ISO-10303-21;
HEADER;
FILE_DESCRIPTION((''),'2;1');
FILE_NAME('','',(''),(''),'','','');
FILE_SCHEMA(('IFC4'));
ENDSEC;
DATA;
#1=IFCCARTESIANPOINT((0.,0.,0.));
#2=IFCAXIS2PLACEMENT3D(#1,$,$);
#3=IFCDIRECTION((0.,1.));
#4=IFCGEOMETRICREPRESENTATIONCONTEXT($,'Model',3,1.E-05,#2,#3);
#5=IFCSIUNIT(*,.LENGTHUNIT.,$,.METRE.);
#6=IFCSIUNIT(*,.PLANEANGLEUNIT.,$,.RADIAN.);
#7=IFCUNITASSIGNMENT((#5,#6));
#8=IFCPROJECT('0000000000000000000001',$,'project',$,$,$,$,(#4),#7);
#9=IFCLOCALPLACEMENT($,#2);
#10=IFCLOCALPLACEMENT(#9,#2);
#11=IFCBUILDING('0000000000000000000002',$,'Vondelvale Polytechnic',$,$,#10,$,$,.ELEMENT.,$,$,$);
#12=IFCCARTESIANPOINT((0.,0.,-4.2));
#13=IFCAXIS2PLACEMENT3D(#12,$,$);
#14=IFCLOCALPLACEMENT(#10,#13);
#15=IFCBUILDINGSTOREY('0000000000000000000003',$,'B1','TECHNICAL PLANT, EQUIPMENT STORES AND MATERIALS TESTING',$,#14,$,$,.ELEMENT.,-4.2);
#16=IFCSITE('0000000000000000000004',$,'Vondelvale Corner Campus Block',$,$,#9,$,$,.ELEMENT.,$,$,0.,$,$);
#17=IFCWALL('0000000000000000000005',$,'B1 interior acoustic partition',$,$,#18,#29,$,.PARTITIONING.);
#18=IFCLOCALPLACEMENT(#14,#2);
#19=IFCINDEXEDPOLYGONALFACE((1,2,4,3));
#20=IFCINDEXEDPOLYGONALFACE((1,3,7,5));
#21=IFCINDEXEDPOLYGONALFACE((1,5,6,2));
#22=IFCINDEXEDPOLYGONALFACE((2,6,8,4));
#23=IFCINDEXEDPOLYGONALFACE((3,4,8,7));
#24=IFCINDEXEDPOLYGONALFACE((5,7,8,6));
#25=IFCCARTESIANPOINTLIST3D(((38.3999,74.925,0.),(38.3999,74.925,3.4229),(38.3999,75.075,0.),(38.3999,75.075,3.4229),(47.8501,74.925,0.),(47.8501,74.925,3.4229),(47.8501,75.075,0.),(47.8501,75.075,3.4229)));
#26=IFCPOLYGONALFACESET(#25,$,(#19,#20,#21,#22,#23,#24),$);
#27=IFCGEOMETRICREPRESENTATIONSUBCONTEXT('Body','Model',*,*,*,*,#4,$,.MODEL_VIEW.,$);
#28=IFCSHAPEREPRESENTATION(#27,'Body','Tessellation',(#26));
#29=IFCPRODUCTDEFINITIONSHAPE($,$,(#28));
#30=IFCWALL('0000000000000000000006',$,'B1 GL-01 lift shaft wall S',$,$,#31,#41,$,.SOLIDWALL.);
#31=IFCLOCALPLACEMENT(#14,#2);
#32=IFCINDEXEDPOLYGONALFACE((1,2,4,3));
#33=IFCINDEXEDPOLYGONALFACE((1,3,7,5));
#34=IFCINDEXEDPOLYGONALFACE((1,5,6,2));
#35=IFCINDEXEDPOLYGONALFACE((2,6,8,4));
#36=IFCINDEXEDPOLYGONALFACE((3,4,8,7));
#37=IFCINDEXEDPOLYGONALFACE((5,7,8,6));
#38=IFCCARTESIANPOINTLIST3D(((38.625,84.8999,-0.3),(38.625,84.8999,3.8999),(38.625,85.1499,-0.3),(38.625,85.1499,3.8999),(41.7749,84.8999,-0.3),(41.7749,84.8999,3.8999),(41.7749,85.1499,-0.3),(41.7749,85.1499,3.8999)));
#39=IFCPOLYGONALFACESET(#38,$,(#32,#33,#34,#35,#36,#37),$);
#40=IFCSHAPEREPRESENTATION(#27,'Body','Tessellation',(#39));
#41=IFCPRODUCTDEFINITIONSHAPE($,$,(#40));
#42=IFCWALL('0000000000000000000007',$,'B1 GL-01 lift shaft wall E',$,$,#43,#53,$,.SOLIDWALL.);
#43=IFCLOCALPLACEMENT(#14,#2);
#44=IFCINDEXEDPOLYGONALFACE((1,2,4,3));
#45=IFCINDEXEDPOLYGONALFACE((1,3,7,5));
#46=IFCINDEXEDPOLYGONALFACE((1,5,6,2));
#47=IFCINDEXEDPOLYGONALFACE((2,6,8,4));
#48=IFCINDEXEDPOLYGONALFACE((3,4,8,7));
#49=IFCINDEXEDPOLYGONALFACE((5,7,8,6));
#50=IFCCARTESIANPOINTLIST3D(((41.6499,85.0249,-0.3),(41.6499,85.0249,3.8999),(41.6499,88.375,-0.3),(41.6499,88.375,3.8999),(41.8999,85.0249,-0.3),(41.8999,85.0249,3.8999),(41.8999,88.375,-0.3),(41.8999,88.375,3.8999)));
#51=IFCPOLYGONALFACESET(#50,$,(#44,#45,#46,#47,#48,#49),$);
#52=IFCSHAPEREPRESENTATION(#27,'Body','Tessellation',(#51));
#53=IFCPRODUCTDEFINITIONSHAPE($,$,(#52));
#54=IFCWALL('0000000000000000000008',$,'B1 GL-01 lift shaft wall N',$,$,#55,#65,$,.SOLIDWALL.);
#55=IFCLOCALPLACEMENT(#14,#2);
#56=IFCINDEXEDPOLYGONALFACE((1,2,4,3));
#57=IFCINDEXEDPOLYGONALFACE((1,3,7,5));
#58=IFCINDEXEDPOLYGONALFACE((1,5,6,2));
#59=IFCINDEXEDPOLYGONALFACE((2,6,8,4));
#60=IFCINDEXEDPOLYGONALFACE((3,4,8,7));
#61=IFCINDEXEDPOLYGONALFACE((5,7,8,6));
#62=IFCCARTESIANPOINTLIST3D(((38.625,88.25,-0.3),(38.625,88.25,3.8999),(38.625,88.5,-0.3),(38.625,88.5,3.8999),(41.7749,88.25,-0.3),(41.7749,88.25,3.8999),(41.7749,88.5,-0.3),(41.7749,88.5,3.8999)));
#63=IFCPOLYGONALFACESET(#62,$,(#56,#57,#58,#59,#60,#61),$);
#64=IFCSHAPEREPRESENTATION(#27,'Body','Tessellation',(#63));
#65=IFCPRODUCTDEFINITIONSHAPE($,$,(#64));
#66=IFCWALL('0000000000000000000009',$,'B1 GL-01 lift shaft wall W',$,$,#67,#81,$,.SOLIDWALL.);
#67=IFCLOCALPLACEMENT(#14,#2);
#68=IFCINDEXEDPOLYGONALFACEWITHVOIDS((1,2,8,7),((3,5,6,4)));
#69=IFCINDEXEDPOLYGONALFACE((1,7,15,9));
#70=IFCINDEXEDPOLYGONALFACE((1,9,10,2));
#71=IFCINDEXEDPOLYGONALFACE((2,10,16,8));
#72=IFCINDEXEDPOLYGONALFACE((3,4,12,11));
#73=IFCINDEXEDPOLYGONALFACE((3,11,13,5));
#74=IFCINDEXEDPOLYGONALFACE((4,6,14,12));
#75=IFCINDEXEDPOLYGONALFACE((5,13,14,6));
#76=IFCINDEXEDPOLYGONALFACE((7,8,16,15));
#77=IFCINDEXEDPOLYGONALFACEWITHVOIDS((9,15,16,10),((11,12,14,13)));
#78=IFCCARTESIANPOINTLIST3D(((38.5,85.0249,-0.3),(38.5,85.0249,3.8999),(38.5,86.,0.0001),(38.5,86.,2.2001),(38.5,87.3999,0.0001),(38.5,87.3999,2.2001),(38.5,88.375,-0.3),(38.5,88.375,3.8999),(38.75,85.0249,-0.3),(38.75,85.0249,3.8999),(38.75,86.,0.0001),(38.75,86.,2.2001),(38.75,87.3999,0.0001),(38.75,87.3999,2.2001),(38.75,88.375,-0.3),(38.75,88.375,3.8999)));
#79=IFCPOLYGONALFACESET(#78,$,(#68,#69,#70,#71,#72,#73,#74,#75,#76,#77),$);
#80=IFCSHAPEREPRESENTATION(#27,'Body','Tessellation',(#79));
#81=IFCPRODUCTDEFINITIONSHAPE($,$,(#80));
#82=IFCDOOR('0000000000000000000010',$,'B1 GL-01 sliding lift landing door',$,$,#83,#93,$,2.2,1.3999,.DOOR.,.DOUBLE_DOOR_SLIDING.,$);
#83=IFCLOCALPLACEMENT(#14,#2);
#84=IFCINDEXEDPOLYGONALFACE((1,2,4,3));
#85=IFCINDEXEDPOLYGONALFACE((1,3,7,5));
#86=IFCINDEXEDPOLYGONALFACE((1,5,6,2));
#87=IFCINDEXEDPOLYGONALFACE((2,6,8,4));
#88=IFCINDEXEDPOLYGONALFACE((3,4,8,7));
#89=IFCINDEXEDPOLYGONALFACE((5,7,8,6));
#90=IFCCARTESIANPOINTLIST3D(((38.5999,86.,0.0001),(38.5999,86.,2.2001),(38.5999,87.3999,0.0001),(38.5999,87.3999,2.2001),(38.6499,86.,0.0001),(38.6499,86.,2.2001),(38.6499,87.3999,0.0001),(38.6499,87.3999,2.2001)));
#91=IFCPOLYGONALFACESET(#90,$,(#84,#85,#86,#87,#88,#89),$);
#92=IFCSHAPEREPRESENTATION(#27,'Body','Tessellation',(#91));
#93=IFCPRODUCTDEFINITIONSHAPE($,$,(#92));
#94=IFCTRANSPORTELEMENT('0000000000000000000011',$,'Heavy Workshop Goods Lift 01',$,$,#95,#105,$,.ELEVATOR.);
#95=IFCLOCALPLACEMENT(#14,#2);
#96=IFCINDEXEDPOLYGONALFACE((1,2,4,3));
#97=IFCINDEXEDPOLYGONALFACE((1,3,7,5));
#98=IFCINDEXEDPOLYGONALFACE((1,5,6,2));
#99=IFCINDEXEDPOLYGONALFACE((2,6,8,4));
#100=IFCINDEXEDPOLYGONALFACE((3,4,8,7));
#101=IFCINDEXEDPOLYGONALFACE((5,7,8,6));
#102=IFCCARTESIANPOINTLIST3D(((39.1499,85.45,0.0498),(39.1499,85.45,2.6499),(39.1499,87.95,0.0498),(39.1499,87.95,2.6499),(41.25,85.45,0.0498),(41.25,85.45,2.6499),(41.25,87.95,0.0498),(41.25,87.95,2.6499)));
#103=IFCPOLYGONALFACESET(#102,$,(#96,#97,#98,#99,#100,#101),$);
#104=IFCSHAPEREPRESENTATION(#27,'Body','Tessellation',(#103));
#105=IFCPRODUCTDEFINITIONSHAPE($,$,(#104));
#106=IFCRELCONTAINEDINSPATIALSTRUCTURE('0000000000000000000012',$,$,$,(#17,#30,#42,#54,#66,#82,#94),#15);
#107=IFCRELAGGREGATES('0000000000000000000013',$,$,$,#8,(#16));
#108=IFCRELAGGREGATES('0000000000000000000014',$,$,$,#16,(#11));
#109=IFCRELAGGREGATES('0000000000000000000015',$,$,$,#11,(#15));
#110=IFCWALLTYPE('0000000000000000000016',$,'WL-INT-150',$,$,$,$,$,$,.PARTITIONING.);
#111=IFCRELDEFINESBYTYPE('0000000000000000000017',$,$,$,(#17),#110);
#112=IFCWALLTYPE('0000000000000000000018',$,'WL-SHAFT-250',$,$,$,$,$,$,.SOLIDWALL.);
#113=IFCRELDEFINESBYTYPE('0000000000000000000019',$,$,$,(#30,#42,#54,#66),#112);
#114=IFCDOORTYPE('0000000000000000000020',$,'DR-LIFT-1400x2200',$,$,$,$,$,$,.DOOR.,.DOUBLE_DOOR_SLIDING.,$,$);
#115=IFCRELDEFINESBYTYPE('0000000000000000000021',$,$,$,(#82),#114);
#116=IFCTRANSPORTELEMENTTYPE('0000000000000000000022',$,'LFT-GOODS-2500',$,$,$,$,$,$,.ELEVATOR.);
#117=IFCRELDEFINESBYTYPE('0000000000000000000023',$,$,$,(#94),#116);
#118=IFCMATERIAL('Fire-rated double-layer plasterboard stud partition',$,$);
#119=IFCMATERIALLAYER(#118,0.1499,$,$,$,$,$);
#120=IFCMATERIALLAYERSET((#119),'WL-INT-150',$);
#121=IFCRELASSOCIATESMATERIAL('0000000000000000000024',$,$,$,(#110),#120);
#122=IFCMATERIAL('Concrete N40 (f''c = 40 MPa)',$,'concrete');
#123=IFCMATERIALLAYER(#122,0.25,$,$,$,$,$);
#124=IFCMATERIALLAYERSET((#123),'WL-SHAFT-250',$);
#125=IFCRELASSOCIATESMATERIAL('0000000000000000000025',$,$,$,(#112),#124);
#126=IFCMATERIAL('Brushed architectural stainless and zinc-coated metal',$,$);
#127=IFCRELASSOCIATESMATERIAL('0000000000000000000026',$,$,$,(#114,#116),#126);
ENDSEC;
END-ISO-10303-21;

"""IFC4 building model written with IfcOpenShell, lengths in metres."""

from ifc_helpers import new_model, si_unit, direction, frame, frame_2d, origin, origin_2d, place, context, subcontext, project, spatial, rectangle, extrude, material, layer, layer_set, type_object, element, fill, save


model = new_model("IFC4")

# Units and contexts
model_context = context("Model", 3, precision=1e-05, world=origin(), true_north=direction((0.0, 1.0)))
body_context = subcontext(model_context, "Body", "Model", "MODEL_VIEW")
ifc_project = project(units=[si_unit("LENGTHUNIT", "METRE"), si_unit("PLANEANGLEUNIT", "RADIAN")], contexts=[model_context])

# Site, building, storey
site_placement = place(None, origin())
site = spatial("IfcSite", under=ifc_project, at=site_placement, Name="Vondelvale Corner Campus Block", CompositionType="ELEMENT", RefElevation=0.0)
building_placement = place(site_placement, origin())
building = spatial("IfcBuilding", under=site, at=building_placement, Name="Vondelvale Polytechnic", CompositionType="ELEMENT")
storey_placement = place(building_placement, frame((0.0, 0.0, -4.2)))
storey = spatial("IfcBuildingStorey", under=building, at=storey_placement, Name="B1", Description="TECHNICAL PLANT, EQUIPMENT STORES AND MATERIALS TESTING", CompositionType="ELEMENT", Elevation=-4.2)

# Shared definitions
ifc_material_1 = material(Name="Concrete N40 (f'c = 40 MPa)", Category="concrete")

# Shared definitions
ifc_material_2 = material(Name="Fire-rated double-layer plasterboard stud partition")

# Walls
ifc_layer_1 = layer(ifc_material_2, 0.1499)
ifc_layer_set_1 = layer_set([ifc_layer_1], Name="WL-INT-150")
wall_type_1 = type_object("IfcWallType", Name="WL-INT-150", PredefinedType="PARTITIONING", material=ifc_layer_set_1)
wall_1_placement = place(storey_placement, frame((38.3999, 75.0, 0.0), z_axis=(0.0, 0.0, 1.0), x_axis=(1.0, 0.0, 0.0)))
element("IfcWall", 1, at=wall_1_placement, inside=storey, type_object=wall_type_1, Name="B1 interior acoustic partition", PredefinedType="PARTITIONING", context=body_context, shape_type="SweptSolid", body=[
    extrude(rectangle(XDim=9.4502, YDim=0.1499, at=frame_2d((4.7251, 0.0))), origin(), (0.0, 0.0, 1.0), 3.4229),
])
ifc_layer_2 = layer(ifc_material_1, 0.25)
ifc_layer_set_2 = layer_set([ifc_layer_2], Name="WL-SHAFT-250")
wall_type_2 = type_object("IfcWallType", Name="WL-SHAFT-250", PredefinedType="SOLIDWALL", material=ifc_layer_set_2)
wall_2_placement = place(storey_placement, frame((38.625, 85.0249, -0.3), z_axis=(0.0, 0.0, 1.0), x_axis=(1.0, 0.0, 0.0)))
element("IfcWall", 2, at=wall_2_placement, inside=storey, type_object=wall_type_2, Name="B1 GL-01 lift shaft wall S", PredefinedType="SOLIDWALL", context=body_context, shape_type="SweptSolid", body=[
    extrude(rectangle(XDim=3.1499, YDim=0.25, at=frame_2d((1.575, 0.0))), origin(), (0.0, 0.0, 1.0), 4.2),
])
wall_3_placement = place(storey_placement, frame((41.7749, 85.0249, -0.3), z_axis=(0.0, 0.0, 1.0), x_axis=(0.0, 1.0, 0.0)))
element("IfcWall", 3, at=wall_3_placement, inside=storey, type_object=wall_type_2, Name="B1 GL-01 lift shaft wall E", PredefinedType="SOLIDWALL", context=body_context, shape_type="SweptSolid", body=[
    extrude(rectangle(XDim=3.3501, YDim=0.25, at=frame_2d((1.675, 0.0))), origin(), (0.0, 0.0, 1.0), 4.2),
])
wall_4_placement = place(storey_placement, frame((41.7749, 88.375, -0.3), z_axis=(0.0, 0.0, 1.0), x_axis=(-1.0, 0.0, 0.0)))
element("IfcWall", 4, at=wall_4_placement, inside=storey, type_object=wall_type_2, Name="B1 GL-01 lift shaft wall N", PredefinedType="SOLIDWALL", context=body_context, shape_type="SweptSolid", body=[
    extrude(rectangle(XDim=3.1499, YDim=0.25, at=frame_2d((1.575, 0.0))), origin(), (0.0, 0.0, 1.0), 4.2),
])

# Wall, opening, door
wall_5_placement = place(storey_placement, frame((38.625, 88.375, -0.3), z_axis=(0.0, 0.0, 1.0), x_axis=(0.0, -1.0, 0.0)))
wall_5 = element("IfcWall", 5, at=wall_5_placement, inside=storey, type_object=wall_type_2, Name="B1 GL-01 lift shaft wall W", PredefinedType="SOLIDWALL", context=body_context, shape_type="SweptSolid", body=[
    extrude(rectangle(XDim=3.3501, YDim=0.25, at=frame_2d((1.675, 0.0))), origin(), (0.0, 0.0, 1.0), 4.2),
])
opening_1_placement = place(wall_5_placement, frame((0.9751, 0.0, 0.3)))
opening_1 = element("IfcOpeningElement", 6, at=opening_1_placement, cuts=wall_5, PredefinedType="OPENING", context=body_context, shape_type="SweptSolid", body=[
    extrude(rectangle(XDim=1.3999, YDim=2.2, at=frame_2d((0.7, 1.1001))), frame((0.0, 0.135, 0.0), z_axis=(0.0, -1.0, 0.0), x_axis=(1.0, 0.0, 0.0)), (0.0, 0.0, 1.0), 0.27),
])
ifc_material_3 = material(Name="Brushed architectural stainless and zinc-coated metal")
door_type_1 = type_object("IfcDoorType", Name="DR-LIFT-1400x2200", OperationType="DOUBLE_DOOR_SLIDING", PredefinedType="DOOR", material=ifc_material_3)
door_1_placement = place(opening_1_placement, origin())
door_1 = element("IfcDoor", 7, at=door_1_placement, inside=storey, type_object=door_type_1, Name="B1 GL-01 sliding lift landing door", OperationType="DOUBLE_DOOR_SLIDING", OverallHeight=2.2, OverallWidth=1.3999, PredefinedType="DOOR", context=body_context, shape_type="SweptSolid", body=[
    extrude(rectangle(XDim=1.3999, YDim=2.2, at=frame_2d((0.7, 1.1001))), frame((0.0, 0.0249, 0.0), z_axis=(0.0, -1.0, 0.0), x_axis=(1.0, 0.0, 0.0)), (0.0, 0.0, 1.0), 0.05),
])
fill(opening_1, door_1)

# Transport element
transport_element_type = type_object("IfcTransportElementType", Name="LFT-GOODS-2500", PredefinedType="ELEVATOR", material=ifc_material_3)
transport_element_placement = place(storey_placement, frame((40.2, 86.7, 0.0498), z_axis=(0.0, 0.0, 1.0), x_axis=(1.0, 0.0, 0.0)))
element("IfcTransportElement", 8, at=transport_element_placement, inside=storey, type_object=transport_element_type, Name="Heavy Workshop Goods Lift 01", PredefinedType="ELEVATOR", context=body_context, shape_type="SweptSolid", body=[
    extrude(rectangle(XDim=2.1001, YDim=2.5, at=origin_2d()), origin(), (0.0, 0.0, 1.0), 2.6001),
])

save(model, "model.ifc")
